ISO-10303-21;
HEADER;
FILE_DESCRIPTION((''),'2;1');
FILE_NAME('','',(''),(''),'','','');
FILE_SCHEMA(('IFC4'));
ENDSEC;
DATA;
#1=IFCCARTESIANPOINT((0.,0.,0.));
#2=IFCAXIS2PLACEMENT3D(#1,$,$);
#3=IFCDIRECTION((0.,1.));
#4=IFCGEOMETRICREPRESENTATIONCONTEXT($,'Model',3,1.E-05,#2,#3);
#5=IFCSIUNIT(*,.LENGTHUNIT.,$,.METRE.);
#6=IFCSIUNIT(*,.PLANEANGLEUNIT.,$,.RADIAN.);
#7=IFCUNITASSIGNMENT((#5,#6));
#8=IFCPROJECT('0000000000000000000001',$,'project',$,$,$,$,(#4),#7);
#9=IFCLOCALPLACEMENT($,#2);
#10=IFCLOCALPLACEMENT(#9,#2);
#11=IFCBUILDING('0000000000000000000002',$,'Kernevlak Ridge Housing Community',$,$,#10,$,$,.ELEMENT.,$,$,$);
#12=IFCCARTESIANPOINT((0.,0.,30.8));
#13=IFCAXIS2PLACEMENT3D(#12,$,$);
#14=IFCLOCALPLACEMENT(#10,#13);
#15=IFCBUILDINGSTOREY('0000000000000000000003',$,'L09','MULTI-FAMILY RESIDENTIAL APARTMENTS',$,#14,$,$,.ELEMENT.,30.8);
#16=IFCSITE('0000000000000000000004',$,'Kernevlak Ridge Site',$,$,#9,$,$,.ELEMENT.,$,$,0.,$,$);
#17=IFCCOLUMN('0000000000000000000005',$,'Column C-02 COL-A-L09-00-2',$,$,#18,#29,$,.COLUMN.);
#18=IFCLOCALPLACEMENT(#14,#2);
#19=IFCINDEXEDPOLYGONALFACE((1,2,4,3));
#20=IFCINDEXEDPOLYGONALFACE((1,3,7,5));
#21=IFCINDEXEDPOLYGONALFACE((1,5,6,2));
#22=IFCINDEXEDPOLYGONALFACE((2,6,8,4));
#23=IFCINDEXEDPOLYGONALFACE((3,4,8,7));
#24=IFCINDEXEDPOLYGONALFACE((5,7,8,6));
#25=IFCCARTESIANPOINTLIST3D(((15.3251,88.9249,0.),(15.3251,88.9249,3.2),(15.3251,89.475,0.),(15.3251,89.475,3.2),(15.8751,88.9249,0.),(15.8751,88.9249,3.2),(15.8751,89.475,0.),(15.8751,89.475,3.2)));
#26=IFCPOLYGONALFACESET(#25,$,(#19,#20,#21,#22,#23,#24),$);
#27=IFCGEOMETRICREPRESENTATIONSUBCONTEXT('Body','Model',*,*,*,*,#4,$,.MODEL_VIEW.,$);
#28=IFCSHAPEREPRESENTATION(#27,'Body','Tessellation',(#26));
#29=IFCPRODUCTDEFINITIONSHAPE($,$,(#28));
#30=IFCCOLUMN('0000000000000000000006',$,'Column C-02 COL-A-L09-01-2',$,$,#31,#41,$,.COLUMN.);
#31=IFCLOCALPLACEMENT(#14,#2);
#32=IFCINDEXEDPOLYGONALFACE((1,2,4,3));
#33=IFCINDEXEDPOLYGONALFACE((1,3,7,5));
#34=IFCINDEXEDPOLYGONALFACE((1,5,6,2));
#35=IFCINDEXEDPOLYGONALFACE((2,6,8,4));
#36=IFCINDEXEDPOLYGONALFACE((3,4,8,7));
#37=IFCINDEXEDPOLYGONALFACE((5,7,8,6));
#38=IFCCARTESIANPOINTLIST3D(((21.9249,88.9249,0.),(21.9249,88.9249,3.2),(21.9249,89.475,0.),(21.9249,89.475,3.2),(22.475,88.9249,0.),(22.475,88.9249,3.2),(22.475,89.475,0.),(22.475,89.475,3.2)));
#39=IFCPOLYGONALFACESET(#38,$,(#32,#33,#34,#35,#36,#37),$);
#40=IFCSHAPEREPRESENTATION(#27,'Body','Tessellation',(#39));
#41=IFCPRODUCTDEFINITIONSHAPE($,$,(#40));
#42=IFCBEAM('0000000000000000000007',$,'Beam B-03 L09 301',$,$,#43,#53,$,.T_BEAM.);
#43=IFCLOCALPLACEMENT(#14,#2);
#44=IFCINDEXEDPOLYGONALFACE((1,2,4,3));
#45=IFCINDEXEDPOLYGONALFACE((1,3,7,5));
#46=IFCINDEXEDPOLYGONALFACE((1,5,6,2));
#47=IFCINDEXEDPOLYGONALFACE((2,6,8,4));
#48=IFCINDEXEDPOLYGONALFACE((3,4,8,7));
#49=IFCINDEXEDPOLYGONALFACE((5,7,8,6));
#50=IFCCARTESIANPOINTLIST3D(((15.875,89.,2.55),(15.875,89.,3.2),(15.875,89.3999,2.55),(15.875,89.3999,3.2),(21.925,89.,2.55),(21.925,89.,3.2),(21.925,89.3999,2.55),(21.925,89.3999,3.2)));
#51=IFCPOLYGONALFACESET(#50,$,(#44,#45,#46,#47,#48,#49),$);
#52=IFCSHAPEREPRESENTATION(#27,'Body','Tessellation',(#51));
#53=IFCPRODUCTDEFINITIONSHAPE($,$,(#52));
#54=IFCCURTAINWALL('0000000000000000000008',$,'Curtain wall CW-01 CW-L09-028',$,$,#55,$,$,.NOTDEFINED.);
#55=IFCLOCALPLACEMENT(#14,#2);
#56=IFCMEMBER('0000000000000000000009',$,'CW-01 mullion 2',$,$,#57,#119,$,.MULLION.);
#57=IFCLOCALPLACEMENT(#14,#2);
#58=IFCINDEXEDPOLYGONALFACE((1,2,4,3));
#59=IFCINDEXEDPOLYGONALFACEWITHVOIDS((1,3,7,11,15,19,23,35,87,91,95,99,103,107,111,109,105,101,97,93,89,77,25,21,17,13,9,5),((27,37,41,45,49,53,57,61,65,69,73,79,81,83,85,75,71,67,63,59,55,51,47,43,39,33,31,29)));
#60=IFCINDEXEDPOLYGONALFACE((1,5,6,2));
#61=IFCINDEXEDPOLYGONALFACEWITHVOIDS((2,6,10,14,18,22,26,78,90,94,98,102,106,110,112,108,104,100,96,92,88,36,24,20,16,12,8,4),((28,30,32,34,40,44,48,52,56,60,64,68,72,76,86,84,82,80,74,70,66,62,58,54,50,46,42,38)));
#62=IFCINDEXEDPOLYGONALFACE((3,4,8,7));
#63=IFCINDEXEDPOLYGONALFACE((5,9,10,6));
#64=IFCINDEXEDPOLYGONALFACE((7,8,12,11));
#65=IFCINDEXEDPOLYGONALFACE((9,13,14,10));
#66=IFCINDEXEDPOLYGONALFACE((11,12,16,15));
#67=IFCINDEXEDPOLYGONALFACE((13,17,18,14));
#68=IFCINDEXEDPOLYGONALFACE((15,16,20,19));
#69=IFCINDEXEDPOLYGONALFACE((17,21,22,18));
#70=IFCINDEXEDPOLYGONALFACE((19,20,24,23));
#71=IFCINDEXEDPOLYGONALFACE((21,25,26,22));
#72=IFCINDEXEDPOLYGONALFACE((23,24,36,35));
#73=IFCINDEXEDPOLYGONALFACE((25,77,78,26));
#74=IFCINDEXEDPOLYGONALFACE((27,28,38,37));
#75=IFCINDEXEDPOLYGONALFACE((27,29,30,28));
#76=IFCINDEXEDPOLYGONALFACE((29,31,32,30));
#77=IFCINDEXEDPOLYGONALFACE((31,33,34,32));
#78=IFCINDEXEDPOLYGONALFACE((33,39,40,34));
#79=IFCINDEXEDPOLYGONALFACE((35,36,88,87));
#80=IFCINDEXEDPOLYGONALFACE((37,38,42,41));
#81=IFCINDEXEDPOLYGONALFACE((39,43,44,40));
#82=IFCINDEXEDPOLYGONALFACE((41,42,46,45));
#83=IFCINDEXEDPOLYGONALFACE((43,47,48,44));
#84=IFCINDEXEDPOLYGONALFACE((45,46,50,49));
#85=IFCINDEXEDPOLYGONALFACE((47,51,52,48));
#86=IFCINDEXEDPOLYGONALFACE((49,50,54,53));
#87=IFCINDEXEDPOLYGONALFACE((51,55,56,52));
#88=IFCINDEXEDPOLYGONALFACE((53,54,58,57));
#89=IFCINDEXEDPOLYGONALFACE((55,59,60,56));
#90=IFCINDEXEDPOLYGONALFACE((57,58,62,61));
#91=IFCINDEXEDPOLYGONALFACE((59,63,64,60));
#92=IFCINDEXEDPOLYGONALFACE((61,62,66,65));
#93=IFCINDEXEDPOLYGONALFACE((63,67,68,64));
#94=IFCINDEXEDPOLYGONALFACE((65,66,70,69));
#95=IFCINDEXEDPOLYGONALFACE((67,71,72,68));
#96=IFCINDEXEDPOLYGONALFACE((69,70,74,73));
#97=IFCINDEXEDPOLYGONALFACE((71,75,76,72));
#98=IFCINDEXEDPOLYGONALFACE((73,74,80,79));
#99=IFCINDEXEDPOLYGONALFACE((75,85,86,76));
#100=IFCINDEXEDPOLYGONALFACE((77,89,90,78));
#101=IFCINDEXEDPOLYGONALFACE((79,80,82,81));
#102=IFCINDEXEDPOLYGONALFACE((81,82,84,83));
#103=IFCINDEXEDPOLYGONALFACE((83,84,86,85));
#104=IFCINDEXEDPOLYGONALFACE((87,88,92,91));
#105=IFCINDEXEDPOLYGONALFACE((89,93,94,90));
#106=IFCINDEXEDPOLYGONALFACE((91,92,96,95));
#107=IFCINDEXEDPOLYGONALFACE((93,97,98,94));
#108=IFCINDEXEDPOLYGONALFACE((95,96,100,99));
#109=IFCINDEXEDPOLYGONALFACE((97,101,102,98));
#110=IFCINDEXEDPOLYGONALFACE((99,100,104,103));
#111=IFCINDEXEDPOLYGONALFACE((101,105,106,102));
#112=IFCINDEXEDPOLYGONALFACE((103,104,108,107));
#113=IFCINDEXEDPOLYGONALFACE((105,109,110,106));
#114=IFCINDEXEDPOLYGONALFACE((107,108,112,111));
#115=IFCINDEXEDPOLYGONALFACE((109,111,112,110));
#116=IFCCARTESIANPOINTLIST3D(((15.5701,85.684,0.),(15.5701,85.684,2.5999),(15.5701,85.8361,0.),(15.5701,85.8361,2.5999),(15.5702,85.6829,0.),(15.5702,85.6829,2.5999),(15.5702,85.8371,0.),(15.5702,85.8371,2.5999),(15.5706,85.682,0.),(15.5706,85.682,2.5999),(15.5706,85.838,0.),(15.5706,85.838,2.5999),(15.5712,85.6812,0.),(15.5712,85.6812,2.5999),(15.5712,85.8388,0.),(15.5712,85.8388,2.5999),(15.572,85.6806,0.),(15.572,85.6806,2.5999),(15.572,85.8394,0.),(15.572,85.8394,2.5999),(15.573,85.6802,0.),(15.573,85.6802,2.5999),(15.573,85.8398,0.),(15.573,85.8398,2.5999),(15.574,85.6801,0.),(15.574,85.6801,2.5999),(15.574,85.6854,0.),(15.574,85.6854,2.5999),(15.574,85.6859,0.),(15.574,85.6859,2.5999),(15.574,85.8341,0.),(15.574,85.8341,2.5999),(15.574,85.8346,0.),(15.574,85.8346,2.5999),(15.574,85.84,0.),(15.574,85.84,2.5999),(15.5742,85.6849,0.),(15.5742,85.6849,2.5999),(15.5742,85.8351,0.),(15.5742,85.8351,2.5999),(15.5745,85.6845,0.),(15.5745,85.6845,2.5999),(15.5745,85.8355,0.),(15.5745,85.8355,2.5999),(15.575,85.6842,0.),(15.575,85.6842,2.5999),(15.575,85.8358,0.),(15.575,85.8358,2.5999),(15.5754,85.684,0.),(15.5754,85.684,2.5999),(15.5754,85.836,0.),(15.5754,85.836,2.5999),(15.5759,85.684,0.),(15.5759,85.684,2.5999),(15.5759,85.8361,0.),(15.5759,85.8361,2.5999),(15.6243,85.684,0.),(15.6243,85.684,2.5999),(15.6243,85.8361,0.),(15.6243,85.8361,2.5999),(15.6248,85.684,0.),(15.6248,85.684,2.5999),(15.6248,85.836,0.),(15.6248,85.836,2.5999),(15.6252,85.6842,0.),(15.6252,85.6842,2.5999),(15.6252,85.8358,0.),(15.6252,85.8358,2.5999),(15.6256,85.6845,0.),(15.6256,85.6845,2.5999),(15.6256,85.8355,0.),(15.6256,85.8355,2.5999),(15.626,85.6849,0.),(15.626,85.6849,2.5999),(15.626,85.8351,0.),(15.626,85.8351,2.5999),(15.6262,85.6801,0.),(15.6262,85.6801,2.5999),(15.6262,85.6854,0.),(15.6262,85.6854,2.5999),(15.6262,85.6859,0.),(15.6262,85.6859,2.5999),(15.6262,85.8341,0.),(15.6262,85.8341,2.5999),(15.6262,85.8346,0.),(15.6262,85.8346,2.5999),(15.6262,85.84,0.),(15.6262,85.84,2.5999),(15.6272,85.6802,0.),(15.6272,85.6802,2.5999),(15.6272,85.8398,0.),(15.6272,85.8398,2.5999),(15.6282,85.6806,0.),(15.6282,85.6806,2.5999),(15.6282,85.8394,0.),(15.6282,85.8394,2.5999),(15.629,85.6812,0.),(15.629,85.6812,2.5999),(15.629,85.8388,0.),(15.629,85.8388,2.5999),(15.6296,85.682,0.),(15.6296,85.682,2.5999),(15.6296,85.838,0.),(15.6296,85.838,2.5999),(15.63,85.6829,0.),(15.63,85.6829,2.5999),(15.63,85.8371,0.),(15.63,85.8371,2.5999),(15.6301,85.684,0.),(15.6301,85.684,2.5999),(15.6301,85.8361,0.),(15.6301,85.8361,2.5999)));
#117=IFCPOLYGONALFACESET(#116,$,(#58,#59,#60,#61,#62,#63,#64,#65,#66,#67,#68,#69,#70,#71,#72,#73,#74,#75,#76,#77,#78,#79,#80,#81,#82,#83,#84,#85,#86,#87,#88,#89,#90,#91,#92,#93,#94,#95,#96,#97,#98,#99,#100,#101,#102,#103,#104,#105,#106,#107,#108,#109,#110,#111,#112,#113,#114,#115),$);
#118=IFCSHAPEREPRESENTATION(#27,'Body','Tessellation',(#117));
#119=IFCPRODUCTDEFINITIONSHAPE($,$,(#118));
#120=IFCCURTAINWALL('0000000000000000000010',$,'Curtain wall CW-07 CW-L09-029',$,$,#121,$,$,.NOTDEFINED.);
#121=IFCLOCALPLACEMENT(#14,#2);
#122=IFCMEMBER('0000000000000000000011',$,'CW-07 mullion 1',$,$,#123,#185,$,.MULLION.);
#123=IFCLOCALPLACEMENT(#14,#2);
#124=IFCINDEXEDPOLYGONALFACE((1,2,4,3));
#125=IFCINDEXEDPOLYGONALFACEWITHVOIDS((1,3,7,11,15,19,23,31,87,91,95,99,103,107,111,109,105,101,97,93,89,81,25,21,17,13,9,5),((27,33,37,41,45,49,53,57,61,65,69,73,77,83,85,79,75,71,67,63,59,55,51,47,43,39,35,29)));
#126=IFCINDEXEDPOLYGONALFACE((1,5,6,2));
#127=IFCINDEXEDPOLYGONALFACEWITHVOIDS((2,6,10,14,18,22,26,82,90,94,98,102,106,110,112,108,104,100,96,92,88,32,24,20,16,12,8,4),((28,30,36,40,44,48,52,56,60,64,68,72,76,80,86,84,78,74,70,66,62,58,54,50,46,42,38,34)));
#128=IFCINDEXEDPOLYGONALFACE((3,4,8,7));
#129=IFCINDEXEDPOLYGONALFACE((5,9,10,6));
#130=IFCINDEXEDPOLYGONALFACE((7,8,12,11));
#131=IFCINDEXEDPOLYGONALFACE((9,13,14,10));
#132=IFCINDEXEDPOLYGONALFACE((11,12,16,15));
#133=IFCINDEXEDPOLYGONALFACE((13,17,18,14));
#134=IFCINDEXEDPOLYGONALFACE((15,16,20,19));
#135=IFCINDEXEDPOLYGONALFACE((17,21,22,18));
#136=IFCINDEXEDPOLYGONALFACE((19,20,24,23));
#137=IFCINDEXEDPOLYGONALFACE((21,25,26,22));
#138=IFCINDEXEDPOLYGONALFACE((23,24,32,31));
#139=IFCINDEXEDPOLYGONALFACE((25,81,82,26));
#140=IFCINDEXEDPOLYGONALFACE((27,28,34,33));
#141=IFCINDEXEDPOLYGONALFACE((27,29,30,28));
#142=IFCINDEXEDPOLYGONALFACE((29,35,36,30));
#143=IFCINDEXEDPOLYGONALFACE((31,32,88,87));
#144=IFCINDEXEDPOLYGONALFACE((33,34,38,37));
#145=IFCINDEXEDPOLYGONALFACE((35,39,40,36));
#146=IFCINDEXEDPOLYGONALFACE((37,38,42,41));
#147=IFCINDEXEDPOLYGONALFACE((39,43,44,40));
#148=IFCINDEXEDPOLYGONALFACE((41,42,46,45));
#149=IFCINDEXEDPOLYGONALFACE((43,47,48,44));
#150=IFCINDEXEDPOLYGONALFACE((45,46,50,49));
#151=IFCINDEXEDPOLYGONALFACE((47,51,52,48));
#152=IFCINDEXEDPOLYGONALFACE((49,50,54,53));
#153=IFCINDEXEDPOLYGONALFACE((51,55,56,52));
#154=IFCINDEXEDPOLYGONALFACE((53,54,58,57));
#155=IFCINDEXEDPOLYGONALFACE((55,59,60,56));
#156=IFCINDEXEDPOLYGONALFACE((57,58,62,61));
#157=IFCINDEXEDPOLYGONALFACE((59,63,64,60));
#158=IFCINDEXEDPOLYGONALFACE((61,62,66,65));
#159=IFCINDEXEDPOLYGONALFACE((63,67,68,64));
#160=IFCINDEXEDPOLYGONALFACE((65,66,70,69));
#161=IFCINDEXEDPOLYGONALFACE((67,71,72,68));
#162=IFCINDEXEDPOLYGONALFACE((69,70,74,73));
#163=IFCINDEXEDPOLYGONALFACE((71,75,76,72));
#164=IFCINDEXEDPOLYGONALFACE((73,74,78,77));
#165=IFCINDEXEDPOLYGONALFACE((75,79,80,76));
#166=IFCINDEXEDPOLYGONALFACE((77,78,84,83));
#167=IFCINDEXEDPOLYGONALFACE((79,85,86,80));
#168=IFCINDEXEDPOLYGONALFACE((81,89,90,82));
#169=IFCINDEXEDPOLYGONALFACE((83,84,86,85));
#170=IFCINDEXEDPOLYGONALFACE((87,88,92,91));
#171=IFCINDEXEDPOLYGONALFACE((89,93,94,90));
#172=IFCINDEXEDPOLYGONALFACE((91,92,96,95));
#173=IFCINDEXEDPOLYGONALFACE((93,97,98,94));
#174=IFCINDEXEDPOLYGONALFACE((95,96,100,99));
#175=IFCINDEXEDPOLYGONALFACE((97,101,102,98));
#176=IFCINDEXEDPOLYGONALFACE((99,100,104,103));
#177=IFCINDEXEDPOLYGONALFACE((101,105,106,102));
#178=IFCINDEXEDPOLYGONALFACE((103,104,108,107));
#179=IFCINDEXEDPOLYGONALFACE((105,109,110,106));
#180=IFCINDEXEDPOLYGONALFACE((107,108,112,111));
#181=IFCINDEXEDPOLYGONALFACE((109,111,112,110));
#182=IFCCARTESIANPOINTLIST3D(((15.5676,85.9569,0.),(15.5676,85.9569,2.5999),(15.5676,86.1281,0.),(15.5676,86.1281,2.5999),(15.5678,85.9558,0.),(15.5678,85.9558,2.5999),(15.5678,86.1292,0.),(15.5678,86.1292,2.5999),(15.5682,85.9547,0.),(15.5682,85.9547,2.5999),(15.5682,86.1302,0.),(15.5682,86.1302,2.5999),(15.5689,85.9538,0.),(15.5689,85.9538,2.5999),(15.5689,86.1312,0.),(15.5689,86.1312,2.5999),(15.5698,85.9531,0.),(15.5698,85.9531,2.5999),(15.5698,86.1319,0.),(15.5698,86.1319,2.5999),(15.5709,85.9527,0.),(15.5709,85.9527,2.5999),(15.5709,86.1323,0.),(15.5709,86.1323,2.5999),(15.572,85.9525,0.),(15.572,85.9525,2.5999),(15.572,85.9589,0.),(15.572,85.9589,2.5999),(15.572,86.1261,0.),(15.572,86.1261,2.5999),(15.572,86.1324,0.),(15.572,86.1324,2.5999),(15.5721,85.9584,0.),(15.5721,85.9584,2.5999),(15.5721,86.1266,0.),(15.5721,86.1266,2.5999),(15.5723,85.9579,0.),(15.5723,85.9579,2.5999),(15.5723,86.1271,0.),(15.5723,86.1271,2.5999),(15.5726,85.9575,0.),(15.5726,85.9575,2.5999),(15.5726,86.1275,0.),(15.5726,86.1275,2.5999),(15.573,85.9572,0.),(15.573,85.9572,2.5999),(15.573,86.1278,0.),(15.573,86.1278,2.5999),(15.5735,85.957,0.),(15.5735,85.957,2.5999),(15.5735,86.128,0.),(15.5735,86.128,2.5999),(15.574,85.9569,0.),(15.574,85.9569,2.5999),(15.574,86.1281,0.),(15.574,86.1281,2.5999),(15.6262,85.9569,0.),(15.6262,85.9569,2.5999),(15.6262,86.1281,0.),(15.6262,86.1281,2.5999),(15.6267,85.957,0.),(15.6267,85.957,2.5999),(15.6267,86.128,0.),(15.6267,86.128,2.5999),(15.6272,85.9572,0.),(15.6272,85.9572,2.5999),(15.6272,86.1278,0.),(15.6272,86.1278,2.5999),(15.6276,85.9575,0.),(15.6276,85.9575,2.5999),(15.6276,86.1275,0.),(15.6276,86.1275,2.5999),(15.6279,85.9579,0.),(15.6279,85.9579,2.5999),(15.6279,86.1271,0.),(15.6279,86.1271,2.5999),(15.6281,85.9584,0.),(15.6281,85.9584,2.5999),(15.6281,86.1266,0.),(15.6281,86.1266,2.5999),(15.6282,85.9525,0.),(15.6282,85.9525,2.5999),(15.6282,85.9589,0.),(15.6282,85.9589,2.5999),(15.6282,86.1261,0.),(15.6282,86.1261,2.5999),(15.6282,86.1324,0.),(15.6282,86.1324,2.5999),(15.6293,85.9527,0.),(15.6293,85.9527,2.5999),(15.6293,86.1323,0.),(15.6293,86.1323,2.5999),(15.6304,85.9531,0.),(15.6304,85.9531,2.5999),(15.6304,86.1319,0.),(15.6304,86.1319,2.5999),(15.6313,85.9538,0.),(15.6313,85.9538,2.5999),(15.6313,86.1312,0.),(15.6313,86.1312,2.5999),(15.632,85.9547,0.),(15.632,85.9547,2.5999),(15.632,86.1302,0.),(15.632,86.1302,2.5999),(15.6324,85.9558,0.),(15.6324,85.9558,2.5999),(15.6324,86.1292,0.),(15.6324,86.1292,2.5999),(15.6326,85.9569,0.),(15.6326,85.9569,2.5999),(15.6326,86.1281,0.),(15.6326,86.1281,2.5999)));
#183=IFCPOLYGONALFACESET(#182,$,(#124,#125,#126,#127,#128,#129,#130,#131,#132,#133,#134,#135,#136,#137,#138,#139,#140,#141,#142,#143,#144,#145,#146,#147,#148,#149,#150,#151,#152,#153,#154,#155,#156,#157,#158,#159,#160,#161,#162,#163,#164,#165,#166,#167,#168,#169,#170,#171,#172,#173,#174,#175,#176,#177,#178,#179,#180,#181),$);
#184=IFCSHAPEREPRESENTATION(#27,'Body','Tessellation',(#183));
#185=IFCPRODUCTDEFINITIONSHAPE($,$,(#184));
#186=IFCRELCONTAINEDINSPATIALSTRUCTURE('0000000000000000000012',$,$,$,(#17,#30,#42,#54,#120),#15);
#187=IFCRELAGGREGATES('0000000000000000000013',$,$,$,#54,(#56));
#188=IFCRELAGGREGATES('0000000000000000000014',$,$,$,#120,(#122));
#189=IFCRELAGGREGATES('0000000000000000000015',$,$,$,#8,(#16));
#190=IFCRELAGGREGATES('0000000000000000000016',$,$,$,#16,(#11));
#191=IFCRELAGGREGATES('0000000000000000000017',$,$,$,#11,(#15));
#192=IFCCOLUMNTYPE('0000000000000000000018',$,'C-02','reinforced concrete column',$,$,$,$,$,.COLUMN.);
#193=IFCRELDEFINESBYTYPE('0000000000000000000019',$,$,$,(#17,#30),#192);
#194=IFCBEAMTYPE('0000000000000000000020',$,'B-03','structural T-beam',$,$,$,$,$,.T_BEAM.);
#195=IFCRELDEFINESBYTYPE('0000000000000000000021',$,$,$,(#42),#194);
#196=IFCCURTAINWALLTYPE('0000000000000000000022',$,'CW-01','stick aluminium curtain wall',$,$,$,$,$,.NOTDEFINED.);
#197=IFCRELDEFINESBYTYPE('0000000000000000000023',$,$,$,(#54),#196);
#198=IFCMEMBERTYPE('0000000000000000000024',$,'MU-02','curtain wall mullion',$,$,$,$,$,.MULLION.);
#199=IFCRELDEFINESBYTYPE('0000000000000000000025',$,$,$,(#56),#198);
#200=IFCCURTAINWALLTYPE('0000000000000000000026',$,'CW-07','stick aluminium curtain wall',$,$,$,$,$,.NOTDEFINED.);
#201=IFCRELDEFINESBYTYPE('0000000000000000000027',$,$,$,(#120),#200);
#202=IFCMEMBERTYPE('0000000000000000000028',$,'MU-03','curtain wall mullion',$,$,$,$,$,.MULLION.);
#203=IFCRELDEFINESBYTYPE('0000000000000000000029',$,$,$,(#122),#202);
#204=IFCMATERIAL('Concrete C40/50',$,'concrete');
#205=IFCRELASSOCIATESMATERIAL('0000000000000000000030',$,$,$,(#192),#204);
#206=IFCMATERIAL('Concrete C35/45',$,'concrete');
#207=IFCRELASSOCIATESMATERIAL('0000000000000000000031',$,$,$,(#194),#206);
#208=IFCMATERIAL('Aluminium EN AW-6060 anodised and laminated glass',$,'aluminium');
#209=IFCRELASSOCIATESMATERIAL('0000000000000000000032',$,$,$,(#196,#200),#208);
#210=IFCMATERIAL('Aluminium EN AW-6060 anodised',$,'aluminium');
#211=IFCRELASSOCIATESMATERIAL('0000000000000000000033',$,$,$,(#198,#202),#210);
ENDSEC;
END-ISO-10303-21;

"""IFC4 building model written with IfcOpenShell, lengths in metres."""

from ifc_helpers import new_model, si_unit, direction, frame, origin, origin_2d, place, context, subcontext, project, spatial, rectangle, hollow_rectangle, extrude, material, material_profile, profile_set, type_object, element, aggregate, save


model = new_model("IFC4")

# Units and contexts
model_context = context("Model", 3, precision=1e-05, world=origin(), true_north=direction((0.0, 1.0)))
body_context = subcontext(model_context, "Body", "Model", "MODEL_VIEW")
ifc_project = project(units=[si_unit("LENGTHUNIT", "METRE"), si_unit("PLANEANGLEUNIT", "RADIAN")], contexts=[model_context])

# Site, building, storey
site_placement = place(None, origin())
site = spatial("IfcSite", under=ifc_project, at=site_placement, Name="Kernevlak Ridge Site", CompositionType="ELEMENT", RefElevation=0.0)
building_placement = place(site_placement, origin())
building = spatial("IfcBuilding", under=site, at=building_placement, Name="Kernevlak Ridge Housing Community", CompositionType="ELEMENT")
storey_placement = place(building_placement, frame((0.0, 0.0, 30.8)))
storey = spatial("IfcBuildingStorey", under=building, at=storey_placement, Name="L09", Description="MULTI-FAMILY RESIDENTIAL APARTMENTS", CompositionType="ELEMENT", Elevation=30.8)

# Columns
ifc_material_1 = material(Name="Concrete C40/50", Category="concrete")
ifc_material_profile_1 = material_profile(ifc_material_1, rectangle(XDim=0.55, YDim=0.55, at=origin_2d()), Name="RC 550x550")
ifc_profile_set_1 = profile_set([ifc_material_profile_1], Name="Concrete C40/50")
column_type = type_object("IfcColumnType", Name="C-02", Description="reinforced concrete column", PredefinedType="COLUMN", material=ifc_profile_set_1)
for number, where, z_axis, x_axis, name in (
    (1, (15.6001, 89.2, 0.0), (0.0, 0.0, 1.0), (1.0, 0.0, 0.0), "Column C-02 COL-A-L09-00-2"),
    (2, (22.2, 89.2, 0.0), (0.0, 0.0, 1.0), (1.0, 0.0, 0.0), "Column C-02 COL-A-L09-01-2"),
):
    element("IfcColumn", number, at=place(storey_placement, frame(where, z_axis=z_axis, x_axis=x_axis)), inside=storey, type_object=column_type, Name=name, PredefinedType="COLUMN", context=body_context, shape_type="SweptSolid", body=[
        extrude(rectangle(XDim=0.55, YDim=0.55, at=origin_2d()), origin(), (0.0, 0.0, 1.0), 3.2),
    ])

# Beam
ifc_material_2 = material(Name="Concrete C35/45", Category="concrete")
ifc_material_profile_2 = material_profile(ifc_material_2, rectangle(XDim=0.3999, YDim=0.6499, at=origin_2d()), Name="RC 400x650")
ifc_profile_set_2 = profile_set([ifc_material_profile_2], Name="Concrete C35/45")
beam_type = type_object("IfcBeamType", Name="B-03", Description="structural T-beam", PredefinedType="T_BEAM", material=ifc_profile_set_2)
beam_placement = place(storey_placement, frame((15.875, 89.2, 2.875), z_axis=(1.0, 0.0, 0.0), x_axis=(0.0, 1.0, 0.0)))
element("IfcBeam", 3, at=beam_placement, inside=storey, type_object=beam_type, Name="Beam B-03 L09 301", PredefinedType="T_BEAM", context=body_context, shape_type="SweptSolid", body=[
    extrude(rectangle(XDim=0.3999, YDim=0.6499, at=origin_2d()), origin(), (0.0, 0.0, 1.0), 6.05),
])

# Curtain wall, member
ifc_material_3 = material(Name="Aluminium EN AW-6060 anodised and laminated glass", Category="aluminium")
curtain_wall_type_1 = type_object("IfcCurtainWallType", Name="CW-01", Description="stick aluminium curtain wall", PredefinedType="NOTDEFINED", material=ifc_material_3)
curtain_wall_1_placement = place(storey_placement, origin())
curtain_wall_1 = element("IfcCurtainWall", 4, at=curtain_wall_1_placement, inside=storey, type_object=curtain_wall_type_1, Name="Curtain wall CW-01 CW-L09-028", PredefinedType="NOTDEFINED")
ifc_material_4 = material(Name="Aluminium EN AW-6060 anodised", Category="aluminium")
ifc_material_profile_3 = material_profile(ifc_material_4, hollow_rectangle(XDim=0.0601, YDim=0.1599, WallThickness=0.0039, InnerFilletRadius=0.002, OuterFilletRadius=0.0039, at=origin_2d()), Name="ALU 60x160x4")
ifc_profile_set_3 = profile_set([ifc_material_profile_3], Name="Aluminium EN AW-6060 anodised")
member_type_1 = type_object("IfcMemberType", Name="MU-02", Description="curtain wall mullion", PredefinedType="MULLION", material=ifc_profile_set_3)
member_1_placement = place(storey_placement, frame((15.6001, 85.76, 0.0), z_axis=(0.0, 0.0, 1.0), x_axis=(-1.0, 0.0, 0.0)))
member_1 = element("IfcMember", 5, at=member_1_placement, type_object=member_type_1, Name="CW-01 mullion 2", PredefinedType="MULLION", context=body_context, shape_type="SweptSolid", body=[
    extrude(hollow_rectangle(XDim=0.0601, YDim=0.1599, WallThickness=0.0039, InnerFilletRadius=0.002, OuterFilletRadius=0.0039, at=origin_2d()), origin(), (0.0, 0.0, 1.0), 2.5999),
])
aggregate(curtain_wall_1, [member_1])

# Curtain wall, member
curtain_wall_type_2 = type_object("IfcCurtainWallType", Name="CW-07", Description="stick aluminium curtain wall", PredefinedType="NOTDEFINED", material=ifc_material_3)
curtain_wall_2_placement = place(storey_placement, origin())
curtain_wall_2 = element("IfcCurtainWall", 6, at=curtain_wall_2_placement, inside=storey, type_object=curtain_wall_type_2, Name="Curtain wall CW-07 CW-L09-029", PredefinedType="NOTDEFINED")
ifc_material_profile_4 = material_profile(ifc_material_4, hollow_rectangle(XDim=0.0649, YDim=0.1799, WallThickness=0.0044, InnerFilletRadius=0.002, OuterFilletRadius=0.0044, at=origin_2d()), Name="ALU 65x180x4.5")
ifc_profile_set_4 = profile_set([ifc_material_profile_4], Name="Aluminium EN AW-6060 anodised")
member_type_2 = type_object("IfcMemberType", Name="MU-03", Description="curtain wall mullion", PredefinedType="MULLION", material=ifc_profile_set_4)
member_2_placement = place(storey_placement, frame((15.6001, 86.0425, 0.0), z_axis=(0.0, 0.0, 1.0), x_axis=(-1.0, 0.0, 0.0)))
member_2 = element("IfcMember", 7, at=member_2_placement, type_object=member_type_2, Name="CW-07 mullion 1", PredefinedType="MULLION", context=body_context, shape_type="SweptSolid", body=[
    extrude(hollow_rectangle(XDim=0.0649, YDim=0.1799, WallThickness=0.0044, InnerFilletRadius=0.002, OuterFilletRadius=0.0044, at=origin_2d()), origin(), (0.0, 0.0, 1.0), 2.5999),
])
aggregate(curtain_wall_2, [member_2])

save(model, "model.ifc")
